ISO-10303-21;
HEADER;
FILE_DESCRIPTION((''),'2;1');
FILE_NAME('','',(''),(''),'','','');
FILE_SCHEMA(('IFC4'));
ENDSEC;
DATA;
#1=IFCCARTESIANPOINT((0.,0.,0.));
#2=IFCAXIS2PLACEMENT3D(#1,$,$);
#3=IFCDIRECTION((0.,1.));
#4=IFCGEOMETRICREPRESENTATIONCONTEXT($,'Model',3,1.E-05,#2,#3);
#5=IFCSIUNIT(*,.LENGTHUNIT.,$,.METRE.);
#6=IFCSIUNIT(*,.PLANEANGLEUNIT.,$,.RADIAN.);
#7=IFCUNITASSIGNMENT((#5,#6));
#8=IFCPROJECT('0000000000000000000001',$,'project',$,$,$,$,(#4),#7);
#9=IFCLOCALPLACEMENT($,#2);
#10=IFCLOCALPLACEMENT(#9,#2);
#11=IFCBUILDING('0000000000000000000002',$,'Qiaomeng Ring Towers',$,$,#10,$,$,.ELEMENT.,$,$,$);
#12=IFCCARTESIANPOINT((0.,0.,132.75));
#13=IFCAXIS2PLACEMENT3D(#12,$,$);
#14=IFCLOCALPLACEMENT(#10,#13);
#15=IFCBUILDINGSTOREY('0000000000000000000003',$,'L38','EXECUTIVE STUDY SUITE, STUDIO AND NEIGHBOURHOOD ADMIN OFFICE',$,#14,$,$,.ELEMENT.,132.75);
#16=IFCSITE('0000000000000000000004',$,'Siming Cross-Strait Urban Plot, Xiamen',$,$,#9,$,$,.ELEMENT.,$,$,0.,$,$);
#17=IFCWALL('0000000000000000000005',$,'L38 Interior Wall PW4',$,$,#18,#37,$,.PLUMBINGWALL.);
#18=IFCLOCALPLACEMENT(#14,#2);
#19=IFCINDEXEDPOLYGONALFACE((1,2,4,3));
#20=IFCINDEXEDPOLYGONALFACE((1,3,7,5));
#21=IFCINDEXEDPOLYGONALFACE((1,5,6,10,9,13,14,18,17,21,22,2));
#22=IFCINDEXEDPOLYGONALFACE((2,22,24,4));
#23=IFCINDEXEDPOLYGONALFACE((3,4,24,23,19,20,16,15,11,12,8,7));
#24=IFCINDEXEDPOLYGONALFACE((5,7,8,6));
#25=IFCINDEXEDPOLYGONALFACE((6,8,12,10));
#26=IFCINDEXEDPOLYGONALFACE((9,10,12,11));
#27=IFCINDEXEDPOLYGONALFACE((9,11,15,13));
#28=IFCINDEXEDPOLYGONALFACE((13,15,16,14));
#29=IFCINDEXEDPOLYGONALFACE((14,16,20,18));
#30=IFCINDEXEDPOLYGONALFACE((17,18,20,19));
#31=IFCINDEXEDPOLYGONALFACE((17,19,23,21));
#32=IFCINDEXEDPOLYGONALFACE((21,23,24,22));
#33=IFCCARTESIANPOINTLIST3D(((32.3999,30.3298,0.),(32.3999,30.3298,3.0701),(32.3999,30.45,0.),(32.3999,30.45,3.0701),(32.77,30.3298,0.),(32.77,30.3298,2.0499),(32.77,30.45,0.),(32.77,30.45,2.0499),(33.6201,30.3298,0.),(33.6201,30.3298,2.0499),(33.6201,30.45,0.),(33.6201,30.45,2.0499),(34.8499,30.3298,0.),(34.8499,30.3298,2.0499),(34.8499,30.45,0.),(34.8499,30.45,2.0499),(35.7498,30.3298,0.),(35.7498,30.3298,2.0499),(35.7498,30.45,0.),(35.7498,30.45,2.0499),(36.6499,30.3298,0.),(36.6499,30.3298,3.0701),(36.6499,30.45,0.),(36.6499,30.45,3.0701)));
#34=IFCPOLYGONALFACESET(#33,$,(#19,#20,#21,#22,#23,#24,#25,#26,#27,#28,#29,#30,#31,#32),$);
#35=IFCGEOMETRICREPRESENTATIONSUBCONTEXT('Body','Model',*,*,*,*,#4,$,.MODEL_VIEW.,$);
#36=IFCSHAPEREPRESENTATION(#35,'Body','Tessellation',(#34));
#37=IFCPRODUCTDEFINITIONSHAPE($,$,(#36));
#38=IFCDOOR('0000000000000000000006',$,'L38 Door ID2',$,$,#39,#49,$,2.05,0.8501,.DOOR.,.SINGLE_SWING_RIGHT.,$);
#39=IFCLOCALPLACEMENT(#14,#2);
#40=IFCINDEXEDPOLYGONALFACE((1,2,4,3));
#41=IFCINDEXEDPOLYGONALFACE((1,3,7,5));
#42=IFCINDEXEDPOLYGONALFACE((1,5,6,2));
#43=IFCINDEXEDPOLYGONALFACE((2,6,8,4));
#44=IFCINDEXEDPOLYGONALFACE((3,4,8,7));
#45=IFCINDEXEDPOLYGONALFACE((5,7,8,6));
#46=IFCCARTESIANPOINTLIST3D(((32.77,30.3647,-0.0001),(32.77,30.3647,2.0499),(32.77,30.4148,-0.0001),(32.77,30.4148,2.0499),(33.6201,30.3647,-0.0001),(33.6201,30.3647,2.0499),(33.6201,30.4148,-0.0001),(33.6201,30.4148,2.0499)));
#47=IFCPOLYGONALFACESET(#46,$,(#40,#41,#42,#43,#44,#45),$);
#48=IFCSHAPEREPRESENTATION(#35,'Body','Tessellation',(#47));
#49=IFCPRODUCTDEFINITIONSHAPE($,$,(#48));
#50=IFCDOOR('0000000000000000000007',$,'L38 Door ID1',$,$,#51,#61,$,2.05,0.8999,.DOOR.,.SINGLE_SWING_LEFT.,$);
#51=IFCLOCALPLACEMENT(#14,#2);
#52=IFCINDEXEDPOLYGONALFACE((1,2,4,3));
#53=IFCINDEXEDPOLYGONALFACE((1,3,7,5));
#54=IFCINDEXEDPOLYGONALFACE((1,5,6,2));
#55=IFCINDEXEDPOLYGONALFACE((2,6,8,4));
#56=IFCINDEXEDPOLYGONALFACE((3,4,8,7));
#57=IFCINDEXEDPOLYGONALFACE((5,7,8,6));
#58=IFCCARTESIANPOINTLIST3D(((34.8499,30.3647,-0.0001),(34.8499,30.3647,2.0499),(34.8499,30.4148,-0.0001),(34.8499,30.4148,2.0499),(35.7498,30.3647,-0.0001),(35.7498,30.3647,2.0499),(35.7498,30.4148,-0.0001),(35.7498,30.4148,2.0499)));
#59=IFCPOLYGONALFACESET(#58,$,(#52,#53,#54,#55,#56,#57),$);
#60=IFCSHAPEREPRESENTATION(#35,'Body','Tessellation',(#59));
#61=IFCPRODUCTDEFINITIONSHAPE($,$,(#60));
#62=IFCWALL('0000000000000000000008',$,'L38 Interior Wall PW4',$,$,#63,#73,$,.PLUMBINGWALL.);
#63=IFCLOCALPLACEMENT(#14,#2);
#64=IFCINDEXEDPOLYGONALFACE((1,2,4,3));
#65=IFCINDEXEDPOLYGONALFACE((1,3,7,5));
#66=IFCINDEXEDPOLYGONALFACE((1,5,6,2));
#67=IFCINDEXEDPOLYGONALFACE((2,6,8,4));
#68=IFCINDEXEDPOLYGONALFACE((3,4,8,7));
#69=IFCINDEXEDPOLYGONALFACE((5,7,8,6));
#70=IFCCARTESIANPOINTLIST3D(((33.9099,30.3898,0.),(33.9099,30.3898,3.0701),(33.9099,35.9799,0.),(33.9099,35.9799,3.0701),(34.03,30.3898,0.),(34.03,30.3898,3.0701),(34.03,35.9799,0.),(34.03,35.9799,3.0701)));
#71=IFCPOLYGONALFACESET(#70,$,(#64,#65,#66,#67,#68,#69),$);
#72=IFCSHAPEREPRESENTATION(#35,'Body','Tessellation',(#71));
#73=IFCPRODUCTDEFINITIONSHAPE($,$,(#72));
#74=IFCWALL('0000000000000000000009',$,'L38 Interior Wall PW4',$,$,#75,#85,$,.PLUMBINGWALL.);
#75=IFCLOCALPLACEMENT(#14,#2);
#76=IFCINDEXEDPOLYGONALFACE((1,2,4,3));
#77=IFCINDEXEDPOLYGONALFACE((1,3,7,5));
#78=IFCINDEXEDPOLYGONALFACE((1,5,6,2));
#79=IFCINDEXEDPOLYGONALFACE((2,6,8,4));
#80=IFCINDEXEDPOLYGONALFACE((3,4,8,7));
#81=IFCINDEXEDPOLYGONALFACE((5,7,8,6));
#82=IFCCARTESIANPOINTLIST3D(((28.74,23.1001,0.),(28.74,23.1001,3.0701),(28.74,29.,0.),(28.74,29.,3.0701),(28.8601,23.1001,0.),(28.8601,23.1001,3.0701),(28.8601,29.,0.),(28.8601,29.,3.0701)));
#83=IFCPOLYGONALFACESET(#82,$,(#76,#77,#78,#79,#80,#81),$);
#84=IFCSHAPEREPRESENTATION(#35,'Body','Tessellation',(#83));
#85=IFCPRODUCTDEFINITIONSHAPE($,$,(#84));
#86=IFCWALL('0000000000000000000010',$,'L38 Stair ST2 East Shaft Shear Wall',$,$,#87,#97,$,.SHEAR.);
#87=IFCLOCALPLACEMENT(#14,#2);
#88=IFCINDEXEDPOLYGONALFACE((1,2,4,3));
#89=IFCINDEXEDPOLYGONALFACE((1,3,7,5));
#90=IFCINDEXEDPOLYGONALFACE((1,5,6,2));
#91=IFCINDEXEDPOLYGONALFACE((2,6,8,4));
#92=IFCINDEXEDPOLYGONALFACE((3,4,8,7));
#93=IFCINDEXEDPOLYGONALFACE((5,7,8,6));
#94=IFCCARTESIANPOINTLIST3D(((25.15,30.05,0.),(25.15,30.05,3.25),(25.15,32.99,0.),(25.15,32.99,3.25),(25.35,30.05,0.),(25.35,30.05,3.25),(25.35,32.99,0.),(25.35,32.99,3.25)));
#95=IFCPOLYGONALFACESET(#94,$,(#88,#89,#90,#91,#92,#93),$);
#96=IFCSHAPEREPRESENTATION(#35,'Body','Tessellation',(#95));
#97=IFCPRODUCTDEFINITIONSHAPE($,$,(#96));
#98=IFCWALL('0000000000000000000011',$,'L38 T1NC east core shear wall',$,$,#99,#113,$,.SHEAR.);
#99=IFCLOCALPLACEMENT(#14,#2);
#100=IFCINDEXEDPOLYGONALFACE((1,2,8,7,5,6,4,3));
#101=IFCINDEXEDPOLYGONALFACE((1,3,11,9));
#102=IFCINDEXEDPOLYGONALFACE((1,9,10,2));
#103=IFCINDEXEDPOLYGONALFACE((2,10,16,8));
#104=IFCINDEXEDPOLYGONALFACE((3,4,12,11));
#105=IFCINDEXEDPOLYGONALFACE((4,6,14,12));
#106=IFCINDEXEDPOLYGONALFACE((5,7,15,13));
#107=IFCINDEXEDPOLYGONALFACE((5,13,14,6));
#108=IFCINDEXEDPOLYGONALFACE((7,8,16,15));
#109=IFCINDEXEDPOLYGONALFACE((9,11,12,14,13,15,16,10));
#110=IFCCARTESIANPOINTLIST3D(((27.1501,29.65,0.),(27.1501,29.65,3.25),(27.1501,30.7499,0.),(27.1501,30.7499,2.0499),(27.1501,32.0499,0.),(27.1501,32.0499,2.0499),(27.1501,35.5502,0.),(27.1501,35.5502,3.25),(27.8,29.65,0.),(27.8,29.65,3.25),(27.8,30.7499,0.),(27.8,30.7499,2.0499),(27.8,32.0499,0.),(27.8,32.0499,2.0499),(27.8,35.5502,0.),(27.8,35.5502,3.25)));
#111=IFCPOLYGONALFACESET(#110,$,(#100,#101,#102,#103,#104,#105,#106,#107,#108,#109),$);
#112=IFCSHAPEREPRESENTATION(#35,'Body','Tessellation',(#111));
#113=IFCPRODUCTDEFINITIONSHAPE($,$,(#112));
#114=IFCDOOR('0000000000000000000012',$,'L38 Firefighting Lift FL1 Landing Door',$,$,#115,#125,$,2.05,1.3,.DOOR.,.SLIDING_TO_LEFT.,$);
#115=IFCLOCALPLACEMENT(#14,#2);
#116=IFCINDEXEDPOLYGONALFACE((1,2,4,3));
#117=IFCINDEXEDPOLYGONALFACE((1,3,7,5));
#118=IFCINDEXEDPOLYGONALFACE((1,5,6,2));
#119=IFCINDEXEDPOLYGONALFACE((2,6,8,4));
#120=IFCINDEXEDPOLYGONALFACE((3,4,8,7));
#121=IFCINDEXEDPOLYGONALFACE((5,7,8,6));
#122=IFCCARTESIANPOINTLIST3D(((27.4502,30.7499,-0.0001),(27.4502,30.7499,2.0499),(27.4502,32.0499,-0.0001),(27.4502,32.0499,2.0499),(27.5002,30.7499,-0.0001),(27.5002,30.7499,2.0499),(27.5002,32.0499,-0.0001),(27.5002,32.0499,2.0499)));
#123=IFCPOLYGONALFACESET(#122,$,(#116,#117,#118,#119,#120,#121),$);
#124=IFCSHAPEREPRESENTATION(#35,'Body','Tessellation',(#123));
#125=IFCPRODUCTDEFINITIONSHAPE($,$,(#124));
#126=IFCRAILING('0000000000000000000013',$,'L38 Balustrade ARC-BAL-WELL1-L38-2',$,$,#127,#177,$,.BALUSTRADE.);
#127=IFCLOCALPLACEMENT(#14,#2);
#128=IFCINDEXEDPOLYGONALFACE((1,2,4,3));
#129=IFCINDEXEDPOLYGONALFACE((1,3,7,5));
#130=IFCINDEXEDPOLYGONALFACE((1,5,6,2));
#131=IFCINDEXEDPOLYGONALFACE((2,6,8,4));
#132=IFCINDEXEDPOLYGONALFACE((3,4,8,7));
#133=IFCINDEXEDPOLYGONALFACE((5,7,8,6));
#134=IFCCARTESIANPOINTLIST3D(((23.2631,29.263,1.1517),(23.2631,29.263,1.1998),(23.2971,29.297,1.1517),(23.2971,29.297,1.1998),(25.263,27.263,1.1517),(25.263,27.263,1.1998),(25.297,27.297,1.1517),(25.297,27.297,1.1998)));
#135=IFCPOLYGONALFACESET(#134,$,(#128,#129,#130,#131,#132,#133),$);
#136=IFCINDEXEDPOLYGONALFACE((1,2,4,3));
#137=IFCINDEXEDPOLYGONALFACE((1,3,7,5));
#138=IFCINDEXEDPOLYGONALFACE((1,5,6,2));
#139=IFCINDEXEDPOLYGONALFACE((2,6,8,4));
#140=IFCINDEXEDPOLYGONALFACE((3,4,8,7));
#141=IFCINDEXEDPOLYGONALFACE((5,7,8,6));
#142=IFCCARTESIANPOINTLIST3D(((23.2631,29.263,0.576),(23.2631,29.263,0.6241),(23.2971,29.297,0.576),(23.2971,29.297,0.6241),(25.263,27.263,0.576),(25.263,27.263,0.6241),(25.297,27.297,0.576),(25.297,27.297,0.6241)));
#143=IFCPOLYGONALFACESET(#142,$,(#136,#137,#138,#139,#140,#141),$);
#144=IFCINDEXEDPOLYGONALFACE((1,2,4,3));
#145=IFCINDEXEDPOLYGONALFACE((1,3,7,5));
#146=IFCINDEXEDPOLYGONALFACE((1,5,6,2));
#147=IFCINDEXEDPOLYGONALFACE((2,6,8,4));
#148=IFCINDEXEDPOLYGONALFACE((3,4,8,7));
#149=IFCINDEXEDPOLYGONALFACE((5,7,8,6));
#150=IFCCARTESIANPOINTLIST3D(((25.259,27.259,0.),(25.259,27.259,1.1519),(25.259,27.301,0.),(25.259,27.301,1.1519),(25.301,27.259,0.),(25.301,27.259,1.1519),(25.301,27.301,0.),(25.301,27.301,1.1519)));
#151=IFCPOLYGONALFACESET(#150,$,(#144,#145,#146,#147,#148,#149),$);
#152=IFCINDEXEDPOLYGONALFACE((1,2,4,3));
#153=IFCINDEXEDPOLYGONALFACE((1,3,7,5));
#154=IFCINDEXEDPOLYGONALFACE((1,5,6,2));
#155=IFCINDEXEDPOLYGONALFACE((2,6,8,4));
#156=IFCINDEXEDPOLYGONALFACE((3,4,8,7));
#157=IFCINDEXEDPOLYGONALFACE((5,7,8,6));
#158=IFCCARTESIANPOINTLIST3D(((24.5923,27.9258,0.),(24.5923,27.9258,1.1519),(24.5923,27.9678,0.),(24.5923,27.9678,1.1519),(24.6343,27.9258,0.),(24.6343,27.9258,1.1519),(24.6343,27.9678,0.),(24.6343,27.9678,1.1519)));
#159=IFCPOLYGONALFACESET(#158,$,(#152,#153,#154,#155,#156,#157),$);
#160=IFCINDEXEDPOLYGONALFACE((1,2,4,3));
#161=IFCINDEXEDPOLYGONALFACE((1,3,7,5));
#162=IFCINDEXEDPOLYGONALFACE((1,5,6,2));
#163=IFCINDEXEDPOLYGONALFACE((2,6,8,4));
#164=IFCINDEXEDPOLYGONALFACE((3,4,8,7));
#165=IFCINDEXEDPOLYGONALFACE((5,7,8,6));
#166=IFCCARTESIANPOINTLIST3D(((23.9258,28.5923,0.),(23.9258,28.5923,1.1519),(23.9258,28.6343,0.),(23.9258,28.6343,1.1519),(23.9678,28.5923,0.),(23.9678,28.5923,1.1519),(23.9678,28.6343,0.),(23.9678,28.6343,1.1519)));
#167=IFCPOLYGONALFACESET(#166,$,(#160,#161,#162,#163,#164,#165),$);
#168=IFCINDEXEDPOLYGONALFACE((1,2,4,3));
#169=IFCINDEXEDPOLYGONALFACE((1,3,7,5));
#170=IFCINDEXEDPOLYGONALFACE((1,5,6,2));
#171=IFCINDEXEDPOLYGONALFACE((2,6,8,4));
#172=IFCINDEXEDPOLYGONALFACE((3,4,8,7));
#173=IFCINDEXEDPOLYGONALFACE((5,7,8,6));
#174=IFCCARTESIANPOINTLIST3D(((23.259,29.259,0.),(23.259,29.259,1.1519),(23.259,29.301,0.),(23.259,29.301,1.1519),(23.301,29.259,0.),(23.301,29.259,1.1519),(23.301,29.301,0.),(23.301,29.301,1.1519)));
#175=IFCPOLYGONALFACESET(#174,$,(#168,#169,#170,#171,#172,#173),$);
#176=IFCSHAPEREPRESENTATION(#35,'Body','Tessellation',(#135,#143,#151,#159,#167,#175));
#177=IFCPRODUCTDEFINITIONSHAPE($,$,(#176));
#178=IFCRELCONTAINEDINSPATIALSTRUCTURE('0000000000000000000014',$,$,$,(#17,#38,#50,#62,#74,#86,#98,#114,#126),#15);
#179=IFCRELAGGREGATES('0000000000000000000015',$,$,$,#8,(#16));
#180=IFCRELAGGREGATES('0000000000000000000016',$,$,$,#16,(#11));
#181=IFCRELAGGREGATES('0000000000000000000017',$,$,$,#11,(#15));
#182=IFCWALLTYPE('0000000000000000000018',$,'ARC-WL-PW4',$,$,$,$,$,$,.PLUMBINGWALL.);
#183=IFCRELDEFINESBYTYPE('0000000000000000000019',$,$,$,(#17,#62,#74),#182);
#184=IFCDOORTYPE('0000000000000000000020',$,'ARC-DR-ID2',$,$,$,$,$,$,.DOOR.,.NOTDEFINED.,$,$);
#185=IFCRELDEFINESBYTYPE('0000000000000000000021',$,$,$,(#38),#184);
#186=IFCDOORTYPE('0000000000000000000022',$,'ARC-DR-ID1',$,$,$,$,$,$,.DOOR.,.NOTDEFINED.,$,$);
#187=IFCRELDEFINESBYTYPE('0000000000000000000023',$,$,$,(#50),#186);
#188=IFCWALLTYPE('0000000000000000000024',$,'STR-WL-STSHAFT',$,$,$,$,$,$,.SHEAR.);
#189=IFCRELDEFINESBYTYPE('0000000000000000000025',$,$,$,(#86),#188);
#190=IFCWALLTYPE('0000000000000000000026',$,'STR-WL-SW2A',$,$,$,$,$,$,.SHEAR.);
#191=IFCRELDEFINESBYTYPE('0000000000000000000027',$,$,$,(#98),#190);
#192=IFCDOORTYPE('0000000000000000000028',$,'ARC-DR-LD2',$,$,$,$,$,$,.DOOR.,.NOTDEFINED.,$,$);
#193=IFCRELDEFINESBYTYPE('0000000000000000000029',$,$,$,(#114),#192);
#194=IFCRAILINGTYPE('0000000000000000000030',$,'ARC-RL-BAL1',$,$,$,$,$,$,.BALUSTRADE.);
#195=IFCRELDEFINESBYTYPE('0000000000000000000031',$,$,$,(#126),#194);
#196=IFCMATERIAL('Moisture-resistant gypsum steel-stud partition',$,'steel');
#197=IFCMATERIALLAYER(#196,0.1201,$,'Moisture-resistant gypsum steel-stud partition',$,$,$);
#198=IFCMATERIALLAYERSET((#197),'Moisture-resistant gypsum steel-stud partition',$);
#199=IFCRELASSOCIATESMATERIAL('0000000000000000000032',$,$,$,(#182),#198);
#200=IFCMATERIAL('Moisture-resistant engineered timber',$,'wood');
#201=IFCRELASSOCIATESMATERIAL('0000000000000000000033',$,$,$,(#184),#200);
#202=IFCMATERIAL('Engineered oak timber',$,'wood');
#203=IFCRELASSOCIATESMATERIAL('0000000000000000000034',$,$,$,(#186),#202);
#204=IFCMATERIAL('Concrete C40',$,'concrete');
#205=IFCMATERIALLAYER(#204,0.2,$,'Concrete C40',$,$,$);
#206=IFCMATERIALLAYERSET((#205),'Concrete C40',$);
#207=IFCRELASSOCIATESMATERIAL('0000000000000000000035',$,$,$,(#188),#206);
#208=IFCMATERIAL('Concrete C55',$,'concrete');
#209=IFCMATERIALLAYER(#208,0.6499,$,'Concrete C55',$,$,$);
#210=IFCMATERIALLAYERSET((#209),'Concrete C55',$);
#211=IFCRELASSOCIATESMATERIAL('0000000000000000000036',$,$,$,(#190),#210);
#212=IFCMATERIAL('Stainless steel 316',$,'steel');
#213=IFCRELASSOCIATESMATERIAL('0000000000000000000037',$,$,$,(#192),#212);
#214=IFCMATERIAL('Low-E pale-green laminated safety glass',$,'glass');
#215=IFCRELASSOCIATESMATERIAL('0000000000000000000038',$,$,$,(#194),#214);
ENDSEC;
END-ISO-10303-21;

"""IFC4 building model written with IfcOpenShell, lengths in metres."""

from ifc_helpers import new_model, si_unit, direction, frame, frame_2d, origin, origin_2d, place, context, subcontext, project, spatial, rectangle, extrude, source, transform, mapped, material, layer, layer_set, type_object, element, fill, save


model = new_model("IFC4")

# Units and contexts
model_context = context("Model", 3, precision=1e-05, world=origin(), true_north=direction((0.0, 1.0)))
body_context = subcontext(model_context, "Body", "Model", "MODEL_VIEW")
ifc_project = project(units=[si_unit("LENGTHUNIT", "METRE"), si_unit("PLANEANGLEUNIT", "RADIAN")], contexts=[model_context])

# Site, building, storey
site_placement = place(None, origin())
site = spatial("IfcSite", under=ifc_project, at=site_placement, Name="Siming Cross-Strait Urban Plot, Xiamen", CompositionType="ELEMENT", RefElevation=0.0)
building_placement = place(site_placement, origin())
building = spatial("IfcBuilding", under=site, at=building_placement, Name="Qiaomeng Ring Towers", CompositionType="ELEMENT")
storey_placement = place(building_placement, frame((0.0, 0.0, 132.75)))
storey = spatial("IfcBuildingStorey", under=building, at=storey_placement, Name="L38", Description="EXECUTIVE STUDY SUITE, STUDIO AND NEIGHBOURHOOD ADMIN OFFICE", CompositionType="ELEMENT", Elevation=132.75)

# Shared definitions
ifc_material_1 = material(Name="Concrete C55", Category="concrete")

# Shared definitions
ifc_material_2 = material(Name="Stainless steel 316", Category="steel")

# Wall, openings, doors
ifc_material_3 = material(Name="Moisture-resistant gypsum steel-stud partition", Category="steel")
ifc_layer_1 = layer(ifc_material_3, 0.1201, Name="Moisture-resistant gypsum steel-stud partition")
ifc_layer_set_1 = layer_set([ifc_layer_1], Name="Moisture-resistant gypsum steel-stud partition")
wall_type_1 = type_object("IfcWallType", Name="ARC-WL-PW4", PredefinedType="PLUMBINGWALL", material=ifc_layer_set_1)
wall_1_placement = place(storey_placement, frame((32.3999, 30.3899, 0.0), z_axis=(0.0, 0.0, 1.0), x_axis=(1.0, 0.0, 0.0)))
wall_1 = element("IfcWall", 1, at=wall_1_placement, inside=storey, type_object=wall_type_1, Name="L38 Interior Wall PW4", PredefinedType="PLUMBINGWALL", context=body_context, shape_type="SweptSolid", body=[
    extrude(rectangle(XDim=4.25, YDim=0.1201, at=frame_2d((2.125, 0.0))), origin(), (0.0, 0.0, 1.0), 3.0701),
])
opening_1_placement = place(wall_1_placement, frame((0.3701, 0.0, 0.0)))
opening_1 = element("IfcOpeningElement", 2, at=opening_1_placement, cuts=wall_1, PredefinedType="OPENING", context=body_context, shape_type="SweptSolid", body=[
    extrude(rectangle(XDim=0.8501, YDim=2.05, at=frame_2d((0.425, 1.0249))), frame((0.0, 0.0701, 0.0), z_axis=(0.0, -1.0, 0.0), x_axis=(1.0, 0.0, 0.0)), (0.0, 0.0, 1.0), 0.1401),
])
opening_2_placement = place(wall_1_placement, frame((2.45, 0.0, 0.0)))
opening_2 = element("IfcOpeningElement", 3, at=opening_2_placement, cuts=wall_1, PredefinedType="OPENING", context=body_context, shape_type="SweptSolid", body=[
    extrude(rectangle(XDim=0.8999, YDim=2.05, at=frame_2d((0.45, 1.0249))), frame((0.0, 0.0701, 0.0), z_axis=(0.0, -1.0, 0.0), x_axis=(1.0, 0.0, 0.0)), (0.0, 0.0, 1.0), 0.1401),
])
ifc_material_4 = material(Name="Moisture-resistant engineered timber", Category="wood")
door_type_1 = type_object("IfcDoorType", Name="ARC-DR-ID2", OperationType="NOTDEFINED", PredefinedType="DOOR", material=ifc_material_4)
shared_shape_1 = source(origin(), body_context, "Body", "SweptSolid", [
    extrude(rectangle(XDim=0.8501, YDim=2.05, at=frame_2d((0.425, 1.0249))), frame((0.0, 0.0249, 0.0), z_axis=(0.0, -1.0, 0.0), x_axis=(1.0, 0.0, 0.0)), (0.0, 0.0, 1.0), 0.05),
])
door_1_placement = place(opening_1_placement, origin())
door_1 = element("IfcDoor", 4, at=door_1_placement, inside=storey, type_object=door_type_1, Name="L38 Door ID2", OperationType="SINGLE_SWING_RIGHT", OverallHeight=2.05, OverallWidth=0.8501, PredefinedType="DOOR", context=body_context, shape_type="MappedRepresentation", body=[
    mapped(shared_shape_1, transform((0.0, 0.0, 0.0), x_axis=(1.0, 0.0, 0.0), y_axis=(0.0, 1.0, 0.0), z_axis=(0.0, 0.0, 1.0), scale=1.0)),
])
fill(opening_1, door_1)
ifc_material_5 = material(Name="Engineered oak timber", Category="wood")
door_type_2 = type_object("IfcDoorType", Name="ARC-DR-ID1", OperationType="NOTDEFINED", PredefinedType="DOOR", material=ifc_material_5)
shared_shape_2 = source(origin(), body_context, "Body", "SweptSolid", [
    extrude(rectangle(XDim=0.8999, YDim=2.05, at=frame_2d((0.45, 1.0249))), frame((0.0, 0.0249, 0.0), z_axis=(0.0, -1.0, 0.0), x_axis=(1.0, 0.0, 0.0)), (0.0, 0.0, 1.0), 0.05),
])
door_2_placement = place(opening_2_placement, origin())
door_2 = element("IfcDoor", 5, at=door_2_placement, inside=storey, type_object=door_type_2, Name="L38 Door ID1", OperationType="SINGLE_SWING_LEFT", OverallHeight=2.05, OverallWidth=0.8999, PredefinedType="DOOR", context=body_context, shape_type="MappedRepresentation", body=[
    mapped(shared_shape_2, transform((0.0, 0.0, 0.0), x_axis=(1.0, 0.0, 0.0), y_axis=(0.0, 1.0, 0.0), z_axis=(0.0, 0.0, 1.0), scale=1.0)),
])
fill(opening_2, door_2)

# Walls
wall_2_placement = place(storey_placement, frame((33.97, 30.3899, 0.0), z_axis=(0.0, 0.0, 1.0), x_axis=(0.0, 1.0, 0.0)))
element("IfcWall", 6, at=wall_2_placement, inside=storey, type_object=wall_type_1, Name="L38 Interior Wall PW4", PredefinedType="PLUMBINGWALL", context=body_context, shape_type="SweptSolid", body=[
    extrude(rectangle(XDim=5.5901, YDim=0.1201, at=frame_2d((2.7949, 0.0))), origin(), (0.0, 0.0, 1.0), 3.0701),
])
wall_3_placement = place(storey_placement, frame((28.8, 23.1001, 0.0), z_axis=(0.0, 0.0, 1.0), x_axis=(0.0, 1.0, 0.0)))
element("IfcWall", 7, at=wall_3_placement, inside=storey, type_object=wall_type_1, Name="L38 Interior Wall PW4", PredefinedType="PLUMBINGWALL", context=body_context, shape_type="SweptSolid", body=[
    extrude(rectangle(XDim=5.8999, YDim=0.1201, at=frame_2d((2.95, 0.0))), origin(), (0.0, 0.0, 1.0), 3.0701),
])
ifc_material_6 = material(Name="Concrete C40", Category="concrete")
ifc_layer_2 = layer(ifc_material_6, 0.2, Name="Concrete C40")
ifc_layer_set_2 = layer_set([ifc_layer_2], Name="Concrete C40")
wall_type_2 = type_object("IfcWallType", Name="STR-WL-STSHAFT", PredefinedType="SHEAR", material=ifc_layer_set_2)
wall_4_placement = place(storey_placement, frame((25.25, 30.05, 0.0), z_axis=(0.0, 0.0, 1.0), x_axis=(0.0, 1.0, 0.0)))
element("IfcWall", 8, at=wall_4_placement, inside=storey, type_object=wall_type_2, Name="L38 Stair ST2 East Shaft Shear Wall", PredefinedType="SHEAR", context=body_context, shape_type="SweptSolid", body=[
    extrude(rectangle(XDim=2.9399, YDim=0.2, at=frame_2d((1.47, 0.0))), origin(), (0.0, 0.0, 1.0), 3.25),
])

# Wall, opening, door
ifc_layer_3 = layer(ifc_material_1, 0.6499, Name="Concrete C55")
ifc_layer_set_3 = layer_set([ifc_layer_3], Name="Concrete C55")
wall_type_3 = type_object("IfcWallType", Name="STR-WL-SW2A", PredefinedType="SHEAR", material=ifc_layer_set_3)
wall_5_placement = place(storey_placement, frame((27.4751, 29.6499, 0.0), z_axis=(0.0, 0.0, 1.0), x_axis=(0.0, 1.0, 0.0)))
wall_5 = element("IfcWall", 9, at=wall_5_placement, inside=storey, type_object=wall_type_3, Name="L38 T1NC east core shear wall", PredefinedType="SHEAR", context=body_context, shape_type="SweptSolid", body=[
    extrude(rectangle(XDim=5.9001, YDim=0.6499, at=frame_2d((2.9502, 0.0))), origin(), (0.0, 0.0, 1.0), 3.25),
])
opening_3_placement = place(wall_5_placement, frame((1.1001, 0.0, 0.0)))
opening_3 = element("IfcOpeningElement", 10, at=opening_3_placement, cuts=wall_5, PredefinedType="OPENING", context=body_context, shape_type="SweptSolid", body=[
    extrude(rectangle(XDim=1.3, YDim=2.05, at=frame_2d((0.6499, 1.0249))), frame((0.0, 0.335, 0.0), z_axis=(0.0, -1.0, 0.0), x_axis=(1.0, 0.0, 0.0)), (0.0, 0.0, 1.0), 0.6699),
])
door_type_3 = type_object("IfcDoorType", Name="ARC-DR-LD2", OperationType="NOTDEFINED", PredefinedType="DOOR", material=ifc_material_2)
shared_shape_3 = source(origin(), body_context, "Body", "SweptSolid", [
    extrude(rectangle(XDim=1.3, YDim=2.05, at=frame_2d((0.6499, 1.0249))), frame((0.0, 0.0249, 0.0), z_axis=(0.0, -1.0, 0.0), x_axis=(1.0, 0.0, 0.0)), (0.0, 0.0, 1.0), 0.05),
])
door_3_placement = place(opening_3_placement, origin())
door_3 = element("IfcDoor", 11, at=door_3_placement, inside=storey, type_object=door_type_3, Name="L38 Firefighting Lift FL1 Landing Door", OperationType="SLIDING_TO_LEFT", OverallHeight=2.05, OverallWidth=1.3, PredefinedType="DOOR", context=body_context, shape_type="MappedRepresentation", body=[
    mapped(shared_shape_3, transform((0.0, 0.0, 0.0), x_axis=(1.0, 0.0, 0.0), y_axis=(0.0, 1.0, 0.0), z_axis=(0.0, 0.0, 1.0), scale=1.0)),
])
fill(opening_3, door_3)

# Railing
ifc_material_7 = material(Name="Low-E pale-green laminated safety glass", Category="glass")
railing_type = type_object("IfcRailingType", Name="ARC-RL-BAL1", PredefinedType="BALUSTRADE", material=ifc_material_7)
railing_placement = place(storey_placement, frame((25.28, 27.28, 0.0)))
element("IfcRailing", 12, at=railing_placement, inside=storey, type_object=railing_type, Name="L38 Balustrade ARC-BAL-WELL1-L38-2", PredefinedType="BALUSTRADE", context=body_context, shape_type="SweptSolid", body=[
    extrude(rectangle(XDim=0.0481, YDim=0.0481, at=origin_2d()), frame((0.0, 0.0, 1.1758), z_axis=(-0.707107, 0.707107, 0.0), x_axis=(-0.707107, -0.707107, 0.0)), (0.0, 0.0, 1.0), 2.8284),
    extrude(rectangle(XDim=0.0481, YDim=0.0481, at=origin_2d()), frame((0.0, 0.0, 0.6001), z_axis=(-0.707107, 0.707107, 0.0), x_axis=(-0.707107, -0.707107, 0.0)), (0.0, 0.0, 1.0), 2.8284),
    extrude(rectangle(XDim=0.042, YDim=0.042, at=origin_2d()), origin(), (0.0, 0.0, 1.0), 1.1519),
    extrude(rectangle(XDim=0.042, YDim=0.042, at=origin_2d()), frame((-0.6667, 0.6667, 0.0)), (0.0, 0.0, 1.0), 1.1519),
    extrude(rectangle(XDim=0.042, YDim=0.042, at=origin_2d()), frame((-1.3333, 1.3333, 0.0)), (0.0, 0.0, 1.0), 1.1519),
    extrude(rectangle(XDim=0.042, YDim=0.042, at=origin_2d()), frame((-2.0, 2.0, 0.0)), (0.0, 0.0, 1.0), 1.1519),
])

save(model, "model.ifc")
